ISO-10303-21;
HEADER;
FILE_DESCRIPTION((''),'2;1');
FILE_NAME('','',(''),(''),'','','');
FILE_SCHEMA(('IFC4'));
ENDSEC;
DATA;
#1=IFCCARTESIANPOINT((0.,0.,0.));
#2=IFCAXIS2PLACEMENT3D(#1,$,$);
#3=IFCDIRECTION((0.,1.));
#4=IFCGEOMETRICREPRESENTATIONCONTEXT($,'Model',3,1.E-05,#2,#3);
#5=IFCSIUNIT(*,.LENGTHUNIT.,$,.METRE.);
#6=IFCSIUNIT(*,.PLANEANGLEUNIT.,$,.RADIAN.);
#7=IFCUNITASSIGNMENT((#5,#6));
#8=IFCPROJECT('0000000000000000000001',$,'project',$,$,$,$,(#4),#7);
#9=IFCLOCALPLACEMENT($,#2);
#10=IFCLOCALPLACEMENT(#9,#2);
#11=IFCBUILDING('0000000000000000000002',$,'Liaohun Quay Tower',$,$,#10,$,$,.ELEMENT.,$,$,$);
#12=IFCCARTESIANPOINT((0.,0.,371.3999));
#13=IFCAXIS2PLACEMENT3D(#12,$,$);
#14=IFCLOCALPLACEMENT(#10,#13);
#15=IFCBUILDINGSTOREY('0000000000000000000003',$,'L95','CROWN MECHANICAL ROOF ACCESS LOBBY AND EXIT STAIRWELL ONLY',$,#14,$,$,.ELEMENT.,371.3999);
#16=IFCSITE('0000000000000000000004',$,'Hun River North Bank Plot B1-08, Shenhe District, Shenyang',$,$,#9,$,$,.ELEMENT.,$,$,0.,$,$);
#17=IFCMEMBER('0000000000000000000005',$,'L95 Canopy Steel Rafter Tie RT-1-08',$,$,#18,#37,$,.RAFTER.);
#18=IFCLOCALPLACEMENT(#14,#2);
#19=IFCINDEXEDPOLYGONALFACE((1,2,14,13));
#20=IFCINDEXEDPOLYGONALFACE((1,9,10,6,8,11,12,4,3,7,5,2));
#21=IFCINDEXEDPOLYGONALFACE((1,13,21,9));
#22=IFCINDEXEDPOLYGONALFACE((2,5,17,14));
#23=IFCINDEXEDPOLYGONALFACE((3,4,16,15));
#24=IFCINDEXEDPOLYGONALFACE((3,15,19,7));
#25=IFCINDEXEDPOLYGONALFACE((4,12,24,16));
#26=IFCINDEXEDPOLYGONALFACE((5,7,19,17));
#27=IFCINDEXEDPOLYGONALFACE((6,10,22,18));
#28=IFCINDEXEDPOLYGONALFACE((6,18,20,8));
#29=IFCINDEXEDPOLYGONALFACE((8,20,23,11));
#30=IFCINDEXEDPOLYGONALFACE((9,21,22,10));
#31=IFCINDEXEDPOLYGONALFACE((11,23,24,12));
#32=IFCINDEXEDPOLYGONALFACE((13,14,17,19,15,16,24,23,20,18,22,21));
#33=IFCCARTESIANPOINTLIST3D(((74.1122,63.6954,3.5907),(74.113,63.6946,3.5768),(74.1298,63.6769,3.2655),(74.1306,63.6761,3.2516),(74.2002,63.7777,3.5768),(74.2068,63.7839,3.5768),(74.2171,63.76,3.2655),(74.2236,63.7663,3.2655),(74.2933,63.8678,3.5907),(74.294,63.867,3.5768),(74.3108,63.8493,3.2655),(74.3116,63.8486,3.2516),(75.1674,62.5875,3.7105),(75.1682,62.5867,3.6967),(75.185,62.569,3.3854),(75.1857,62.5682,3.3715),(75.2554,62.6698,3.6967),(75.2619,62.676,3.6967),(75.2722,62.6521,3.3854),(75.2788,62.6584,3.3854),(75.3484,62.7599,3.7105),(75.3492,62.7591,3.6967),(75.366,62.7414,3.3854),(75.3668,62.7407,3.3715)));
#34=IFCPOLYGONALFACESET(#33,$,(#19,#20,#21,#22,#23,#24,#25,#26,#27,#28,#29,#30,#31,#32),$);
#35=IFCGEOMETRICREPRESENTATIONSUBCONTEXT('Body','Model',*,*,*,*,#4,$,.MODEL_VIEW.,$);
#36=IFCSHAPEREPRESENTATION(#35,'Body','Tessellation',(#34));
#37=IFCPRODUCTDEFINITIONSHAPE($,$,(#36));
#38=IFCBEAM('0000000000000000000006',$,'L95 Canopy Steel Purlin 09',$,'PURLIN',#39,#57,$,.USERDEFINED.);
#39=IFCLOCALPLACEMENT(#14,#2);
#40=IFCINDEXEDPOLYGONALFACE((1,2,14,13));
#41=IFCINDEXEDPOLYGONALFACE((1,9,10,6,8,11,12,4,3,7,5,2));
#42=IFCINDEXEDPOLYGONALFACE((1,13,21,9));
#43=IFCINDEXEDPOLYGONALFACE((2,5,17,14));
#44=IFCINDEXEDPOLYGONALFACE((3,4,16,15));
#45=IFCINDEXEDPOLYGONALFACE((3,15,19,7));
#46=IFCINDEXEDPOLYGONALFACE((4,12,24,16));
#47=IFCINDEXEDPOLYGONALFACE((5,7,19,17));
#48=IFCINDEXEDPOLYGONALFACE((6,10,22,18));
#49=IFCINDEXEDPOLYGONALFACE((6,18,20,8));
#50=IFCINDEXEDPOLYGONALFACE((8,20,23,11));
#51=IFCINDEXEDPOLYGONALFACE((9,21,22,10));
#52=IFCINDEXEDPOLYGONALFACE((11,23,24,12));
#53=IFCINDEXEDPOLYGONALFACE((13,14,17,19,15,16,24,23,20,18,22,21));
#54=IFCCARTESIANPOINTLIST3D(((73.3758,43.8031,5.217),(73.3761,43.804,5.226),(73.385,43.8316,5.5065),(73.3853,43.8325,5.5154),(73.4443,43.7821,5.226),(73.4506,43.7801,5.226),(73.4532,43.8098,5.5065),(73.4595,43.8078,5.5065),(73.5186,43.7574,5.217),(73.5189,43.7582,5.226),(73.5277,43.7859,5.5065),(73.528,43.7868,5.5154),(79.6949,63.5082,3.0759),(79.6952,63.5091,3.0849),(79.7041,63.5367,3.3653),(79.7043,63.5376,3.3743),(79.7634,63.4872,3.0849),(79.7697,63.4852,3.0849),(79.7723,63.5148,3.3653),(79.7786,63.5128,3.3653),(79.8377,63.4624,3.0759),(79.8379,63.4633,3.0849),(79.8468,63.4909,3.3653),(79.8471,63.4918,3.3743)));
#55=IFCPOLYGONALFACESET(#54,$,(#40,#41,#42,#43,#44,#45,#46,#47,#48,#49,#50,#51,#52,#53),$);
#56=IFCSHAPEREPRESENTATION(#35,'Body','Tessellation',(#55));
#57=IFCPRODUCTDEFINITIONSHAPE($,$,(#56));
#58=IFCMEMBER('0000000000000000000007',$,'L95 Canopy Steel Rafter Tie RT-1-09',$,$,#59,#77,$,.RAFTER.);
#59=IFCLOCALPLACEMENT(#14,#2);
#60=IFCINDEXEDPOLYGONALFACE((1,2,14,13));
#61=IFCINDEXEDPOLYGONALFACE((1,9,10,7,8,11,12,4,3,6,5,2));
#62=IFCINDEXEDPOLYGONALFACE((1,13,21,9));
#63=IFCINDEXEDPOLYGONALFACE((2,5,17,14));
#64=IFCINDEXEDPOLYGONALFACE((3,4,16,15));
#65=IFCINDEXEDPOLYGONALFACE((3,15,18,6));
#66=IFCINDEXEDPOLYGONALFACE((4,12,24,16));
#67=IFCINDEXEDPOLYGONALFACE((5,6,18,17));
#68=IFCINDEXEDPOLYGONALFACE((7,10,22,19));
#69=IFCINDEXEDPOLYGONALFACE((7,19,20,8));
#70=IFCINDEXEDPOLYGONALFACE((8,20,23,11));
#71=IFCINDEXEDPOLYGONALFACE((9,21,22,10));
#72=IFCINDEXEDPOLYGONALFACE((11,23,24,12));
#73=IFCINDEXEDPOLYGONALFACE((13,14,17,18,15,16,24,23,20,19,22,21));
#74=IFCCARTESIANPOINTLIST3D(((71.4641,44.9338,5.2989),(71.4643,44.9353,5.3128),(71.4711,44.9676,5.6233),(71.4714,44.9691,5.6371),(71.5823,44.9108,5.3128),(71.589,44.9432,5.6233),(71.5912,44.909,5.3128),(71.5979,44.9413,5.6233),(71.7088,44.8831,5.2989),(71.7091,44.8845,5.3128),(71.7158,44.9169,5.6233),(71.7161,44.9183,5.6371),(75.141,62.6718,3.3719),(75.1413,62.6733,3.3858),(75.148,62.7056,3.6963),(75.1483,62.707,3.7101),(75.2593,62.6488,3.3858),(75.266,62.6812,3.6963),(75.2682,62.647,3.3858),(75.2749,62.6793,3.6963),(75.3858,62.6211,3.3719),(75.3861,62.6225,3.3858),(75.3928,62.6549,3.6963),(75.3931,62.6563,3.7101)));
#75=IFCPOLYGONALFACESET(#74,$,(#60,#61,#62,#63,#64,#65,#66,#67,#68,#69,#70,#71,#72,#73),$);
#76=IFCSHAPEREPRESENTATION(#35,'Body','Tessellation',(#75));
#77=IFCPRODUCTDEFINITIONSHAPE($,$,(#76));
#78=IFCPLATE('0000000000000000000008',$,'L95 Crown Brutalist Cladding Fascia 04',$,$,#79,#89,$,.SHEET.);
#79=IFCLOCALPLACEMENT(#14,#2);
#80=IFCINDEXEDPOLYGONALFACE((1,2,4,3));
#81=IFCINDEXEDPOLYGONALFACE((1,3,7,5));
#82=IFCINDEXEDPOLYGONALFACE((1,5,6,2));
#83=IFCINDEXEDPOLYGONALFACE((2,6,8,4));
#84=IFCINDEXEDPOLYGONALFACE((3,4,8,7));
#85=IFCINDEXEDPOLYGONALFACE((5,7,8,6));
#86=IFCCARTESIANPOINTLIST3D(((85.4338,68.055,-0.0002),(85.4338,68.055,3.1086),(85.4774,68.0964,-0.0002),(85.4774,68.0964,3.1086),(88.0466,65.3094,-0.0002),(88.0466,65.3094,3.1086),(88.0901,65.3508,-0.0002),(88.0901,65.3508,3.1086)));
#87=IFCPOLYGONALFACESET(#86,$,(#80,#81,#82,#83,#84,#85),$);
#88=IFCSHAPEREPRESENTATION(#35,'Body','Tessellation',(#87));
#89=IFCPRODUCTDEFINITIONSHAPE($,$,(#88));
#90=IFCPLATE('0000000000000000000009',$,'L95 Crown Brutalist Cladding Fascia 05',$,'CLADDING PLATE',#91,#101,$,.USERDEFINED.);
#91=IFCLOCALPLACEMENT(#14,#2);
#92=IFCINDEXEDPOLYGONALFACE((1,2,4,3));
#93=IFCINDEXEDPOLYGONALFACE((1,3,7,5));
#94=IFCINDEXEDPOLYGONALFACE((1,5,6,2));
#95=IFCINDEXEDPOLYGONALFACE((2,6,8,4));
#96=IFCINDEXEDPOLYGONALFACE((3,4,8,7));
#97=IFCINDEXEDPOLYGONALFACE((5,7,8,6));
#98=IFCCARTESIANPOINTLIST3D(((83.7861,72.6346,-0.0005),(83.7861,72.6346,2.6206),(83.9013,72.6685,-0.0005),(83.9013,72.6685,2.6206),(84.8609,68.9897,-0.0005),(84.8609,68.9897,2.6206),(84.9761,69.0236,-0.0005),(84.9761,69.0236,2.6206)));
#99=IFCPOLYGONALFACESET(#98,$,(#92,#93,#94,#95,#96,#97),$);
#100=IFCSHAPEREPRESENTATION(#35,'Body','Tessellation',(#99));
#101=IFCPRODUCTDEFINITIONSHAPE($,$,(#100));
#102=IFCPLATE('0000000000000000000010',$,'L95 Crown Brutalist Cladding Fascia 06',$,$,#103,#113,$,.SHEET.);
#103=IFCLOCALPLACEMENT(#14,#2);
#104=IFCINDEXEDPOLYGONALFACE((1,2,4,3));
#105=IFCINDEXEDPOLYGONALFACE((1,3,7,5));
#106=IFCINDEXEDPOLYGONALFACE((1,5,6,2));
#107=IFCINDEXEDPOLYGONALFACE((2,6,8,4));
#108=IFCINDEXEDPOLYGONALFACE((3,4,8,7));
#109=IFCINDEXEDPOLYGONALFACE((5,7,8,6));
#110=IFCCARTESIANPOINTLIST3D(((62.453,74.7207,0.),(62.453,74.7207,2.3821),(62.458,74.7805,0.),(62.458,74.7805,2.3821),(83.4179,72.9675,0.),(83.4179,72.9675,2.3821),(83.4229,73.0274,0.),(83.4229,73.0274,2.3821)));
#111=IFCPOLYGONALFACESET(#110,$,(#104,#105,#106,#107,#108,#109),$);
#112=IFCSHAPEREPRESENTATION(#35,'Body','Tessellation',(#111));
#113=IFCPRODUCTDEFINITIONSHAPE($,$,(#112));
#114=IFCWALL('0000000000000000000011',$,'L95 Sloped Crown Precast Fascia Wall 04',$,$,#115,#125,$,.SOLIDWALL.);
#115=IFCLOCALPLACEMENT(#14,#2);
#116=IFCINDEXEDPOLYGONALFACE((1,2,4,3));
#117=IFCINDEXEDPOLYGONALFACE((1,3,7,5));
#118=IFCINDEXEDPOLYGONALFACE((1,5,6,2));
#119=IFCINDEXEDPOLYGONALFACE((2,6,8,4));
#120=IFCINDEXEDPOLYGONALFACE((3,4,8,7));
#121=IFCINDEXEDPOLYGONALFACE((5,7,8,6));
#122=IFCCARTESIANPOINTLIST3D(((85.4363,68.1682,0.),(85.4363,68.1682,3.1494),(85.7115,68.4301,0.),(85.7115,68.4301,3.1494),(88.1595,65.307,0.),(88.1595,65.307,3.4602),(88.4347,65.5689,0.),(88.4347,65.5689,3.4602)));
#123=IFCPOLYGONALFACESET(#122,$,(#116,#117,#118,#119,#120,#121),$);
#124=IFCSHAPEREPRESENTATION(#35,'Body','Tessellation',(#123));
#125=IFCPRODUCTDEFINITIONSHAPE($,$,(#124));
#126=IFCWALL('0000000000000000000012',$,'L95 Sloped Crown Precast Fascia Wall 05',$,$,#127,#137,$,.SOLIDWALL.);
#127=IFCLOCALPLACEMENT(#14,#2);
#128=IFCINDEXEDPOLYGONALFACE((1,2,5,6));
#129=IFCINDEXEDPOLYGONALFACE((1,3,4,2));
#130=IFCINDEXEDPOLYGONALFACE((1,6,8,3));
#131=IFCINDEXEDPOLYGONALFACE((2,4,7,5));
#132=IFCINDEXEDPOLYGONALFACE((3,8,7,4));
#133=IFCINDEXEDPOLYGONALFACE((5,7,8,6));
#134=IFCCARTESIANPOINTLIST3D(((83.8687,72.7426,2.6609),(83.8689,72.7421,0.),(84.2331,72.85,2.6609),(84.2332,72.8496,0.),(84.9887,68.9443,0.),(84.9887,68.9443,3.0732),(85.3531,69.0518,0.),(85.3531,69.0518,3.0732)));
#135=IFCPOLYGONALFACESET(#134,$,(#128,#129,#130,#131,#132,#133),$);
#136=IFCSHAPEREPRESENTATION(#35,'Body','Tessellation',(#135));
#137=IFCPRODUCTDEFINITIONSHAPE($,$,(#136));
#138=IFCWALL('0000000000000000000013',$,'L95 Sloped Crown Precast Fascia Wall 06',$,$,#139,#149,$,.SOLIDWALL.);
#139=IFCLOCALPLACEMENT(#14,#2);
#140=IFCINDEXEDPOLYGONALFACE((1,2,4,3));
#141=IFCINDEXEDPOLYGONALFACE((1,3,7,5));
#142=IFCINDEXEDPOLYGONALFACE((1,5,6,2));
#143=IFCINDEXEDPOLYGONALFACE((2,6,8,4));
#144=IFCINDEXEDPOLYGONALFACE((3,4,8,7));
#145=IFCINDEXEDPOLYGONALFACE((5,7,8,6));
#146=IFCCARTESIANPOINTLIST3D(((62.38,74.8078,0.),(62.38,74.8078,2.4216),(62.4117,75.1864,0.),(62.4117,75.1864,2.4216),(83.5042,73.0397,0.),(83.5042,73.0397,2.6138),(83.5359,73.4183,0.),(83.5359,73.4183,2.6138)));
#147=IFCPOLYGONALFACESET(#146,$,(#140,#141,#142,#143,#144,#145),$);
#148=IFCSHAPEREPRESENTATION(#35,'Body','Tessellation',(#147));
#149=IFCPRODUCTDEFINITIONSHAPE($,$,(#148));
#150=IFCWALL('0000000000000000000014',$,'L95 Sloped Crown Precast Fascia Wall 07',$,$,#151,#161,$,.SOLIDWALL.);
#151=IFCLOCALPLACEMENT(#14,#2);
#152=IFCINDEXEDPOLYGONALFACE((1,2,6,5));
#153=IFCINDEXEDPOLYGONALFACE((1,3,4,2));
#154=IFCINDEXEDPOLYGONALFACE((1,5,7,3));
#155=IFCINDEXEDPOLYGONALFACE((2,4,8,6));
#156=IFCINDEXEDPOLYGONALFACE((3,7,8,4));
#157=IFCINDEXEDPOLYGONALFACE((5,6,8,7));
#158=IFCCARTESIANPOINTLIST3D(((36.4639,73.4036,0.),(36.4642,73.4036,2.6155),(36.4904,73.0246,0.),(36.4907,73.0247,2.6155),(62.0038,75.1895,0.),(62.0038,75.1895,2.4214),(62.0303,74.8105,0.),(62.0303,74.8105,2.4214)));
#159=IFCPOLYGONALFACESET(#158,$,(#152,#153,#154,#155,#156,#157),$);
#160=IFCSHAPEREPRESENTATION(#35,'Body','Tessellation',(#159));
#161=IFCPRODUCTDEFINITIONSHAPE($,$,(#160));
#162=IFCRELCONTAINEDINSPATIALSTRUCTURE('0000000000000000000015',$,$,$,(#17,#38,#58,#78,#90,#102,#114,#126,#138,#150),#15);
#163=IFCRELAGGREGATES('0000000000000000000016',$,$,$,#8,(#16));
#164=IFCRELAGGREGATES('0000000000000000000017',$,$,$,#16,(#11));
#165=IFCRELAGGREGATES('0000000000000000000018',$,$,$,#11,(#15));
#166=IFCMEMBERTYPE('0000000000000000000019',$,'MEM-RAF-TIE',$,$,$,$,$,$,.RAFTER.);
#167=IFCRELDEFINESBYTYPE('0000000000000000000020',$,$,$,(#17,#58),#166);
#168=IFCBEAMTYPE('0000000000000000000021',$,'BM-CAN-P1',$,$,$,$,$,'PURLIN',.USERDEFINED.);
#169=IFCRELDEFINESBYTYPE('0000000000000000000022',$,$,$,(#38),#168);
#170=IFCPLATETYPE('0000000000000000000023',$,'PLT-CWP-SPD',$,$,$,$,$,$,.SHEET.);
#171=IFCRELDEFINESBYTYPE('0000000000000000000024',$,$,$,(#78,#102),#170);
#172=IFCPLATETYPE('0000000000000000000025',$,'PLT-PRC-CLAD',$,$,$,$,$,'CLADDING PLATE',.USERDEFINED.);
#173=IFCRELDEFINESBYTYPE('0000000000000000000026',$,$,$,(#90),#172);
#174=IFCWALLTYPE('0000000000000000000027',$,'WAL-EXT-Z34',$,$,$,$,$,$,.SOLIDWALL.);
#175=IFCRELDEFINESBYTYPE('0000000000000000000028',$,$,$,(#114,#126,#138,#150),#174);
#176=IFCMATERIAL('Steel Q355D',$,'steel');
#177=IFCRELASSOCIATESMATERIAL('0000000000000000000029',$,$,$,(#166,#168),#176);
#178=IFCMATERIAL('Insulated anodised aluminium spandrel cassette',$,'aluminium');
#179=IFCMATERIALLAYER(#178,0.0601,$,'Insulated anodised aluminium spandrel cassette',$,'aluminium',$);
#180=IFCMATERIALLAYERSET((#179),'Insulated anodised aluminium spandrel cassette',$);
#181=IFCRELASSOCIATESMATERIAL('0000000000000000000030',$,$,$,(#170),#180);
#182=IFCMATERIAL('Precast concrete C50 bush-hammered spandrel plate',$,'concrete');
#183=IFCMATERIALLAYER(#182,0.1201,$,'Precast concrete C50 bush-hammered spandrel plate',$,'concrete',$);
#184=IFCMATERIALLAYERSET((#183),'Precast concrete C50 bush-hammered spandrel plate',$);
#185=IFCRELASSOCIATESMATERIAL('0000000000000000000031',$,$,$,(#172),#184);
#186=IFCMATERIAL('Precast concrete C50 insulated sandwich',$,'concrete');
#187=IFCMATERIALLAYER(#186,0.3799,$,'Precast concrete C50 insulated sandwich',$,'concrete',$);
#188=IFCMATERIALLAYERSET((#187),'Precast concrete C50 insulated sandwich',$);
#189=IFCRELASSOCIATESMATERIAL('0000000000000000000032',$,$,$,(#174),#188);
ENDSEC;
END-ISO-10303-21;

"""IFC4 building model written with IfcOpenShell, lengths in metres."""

from ifc_helpers import new_model, si_unit, direction, frame, origin, origin_2d, place, context, subcontext, project, spatial, polyline, rectangle, i_section, outline, extrude, source, transform, mapped, material, layer, layer_set, material_profile, profile_set, type_object, element, save


model = new_model("IFC4")

# Units and contexts
model_context = context("Model", 3, precision=1e-05, world=origin(), true_north=direction((0.0, 1.0)))
body_context = subcontext(model_context, "Body", "Model", "MODEL_VIEW")
ifc_project = project(units=[si_unit("LENGTHUNIT", "METRE"), si_unit("PLANEANGLEUNIT", "RADIAN")], contexts=[model_context])

# Site, building, storey
site_placement = place(None, origin())
site = spatial("IfcSite", under=ifc_project, at=site_placement, Name="Hun River North Bank Plot B1-08, Shenhe District, Shenyang", CompositionType="ELEMENT", RefElevation=0.0)
building_placement = place(site_placement, origin())
building = spatial("IfcBuilding", under=site, at=building_placement, Name="Liaohun Quay Tower", CompositionType="ELEMENT")
storey_placement = place(building_placement, frame((0.0, 0.0, 371.3999)))
storey = spatial("IfcBuildingStorey", under=building, at=storey_placement, Name="L95", Description="CROWN MECHANICAL ROOF ACCESS LOBBY AND EXIT STAIRWELL ONLY", CompositionType="ELEMENT", Elevation=371.3999)

# Shared definitions
ifc_material_1 = material(Name="Steel Q355D", Category="steel")

# Shared definitions
ifc_material_profile_1 = material_profile(ifc_material_1, i_section(OverallWidth=0.25, OverallDepth=0.3401, WebThickness=0.009, FlangeThickness=0.0139, at=origin_2d()), Name="HM340x250x9x14")
ifc_profile_set_1 = profile_set([ifc_material_profile_1], Name="Steel Q355D")
member_type_1 = type_object("IfcMemberType", Name="MEM-RAF-TIE", PredefinedType="RAFTER", material=ifc_profile_set_1)

# Shared definitions
ifc_material_profile_2 = material_profile(ifc_material_1, i_section(OverallWidth=0.1499, OverallDepth=0.3, WebThickness=0.0066, FlangeThickness=0.009, at=origin_2d()), Name="HN300x150x6.5x9")
ifc_profile_set_2 = profile_set([ifc_material_profile_2], Name="Steel Q355D")
beam_type_1 = type_object("IfcBeamType", Name="BM-CAN-P1", ElementType="PURLIN", PredefinedType="USERDEFINED", material=ifc_profile_set_2)

# Member
shared_shape_1 = source(origin(), body_context, "Body", "SweptSolid", [
    extrude(i_section(OverallWidth=0.25, OverallDepth=0.3401, WebThickness=0.009, FlangeThickness=0.0139, at=origin_2d()), origin(), (0.0, 0.0, 1.0), 1.5347),
])
member_1_placement = place(storey_placement, frame((74.2119, 63.772, 3.4211), z_axis=(0.687556, -0.721918, 0.07811), x_axis=(0.72413, 0.689663, 0.0)))
element("IfcMember", 1, at=member_1_placement, inside=storey, type_object=member_type_1, Name="L95 Canopy Steel Rafter Tie RT-1-08", PredefinedType="RAFTER", context=body_context, shape_type="MappedRepresentation", body=[
    mapped(shared_shape_1, transform((0.0, 0.0, 0.0), x_axis=(1.0, 0.0, 0.0), y_axis=(0.0, 1.0, 0.0), z_axis=(0.0, 0.0, 1.0), scale=1.0)),
])

# Beam
shared_shape_2 = source(origin(), body_context, "Body", "SweptSolid", [
    extrude(i_section(OverallWidth=0.1499, OverallDepth=0.3, WebThickness=0.0066, FlangeThickness=0.009, at=origin_2d()), origin(), (0.0, 0.0, 1.0), 20.804),
])
beam_1_placement = place(storey_placement, frame((79.771, 63.5, 3.2251), z_axis=(-0.303744, -0.947178, 0.102918), x_axis=(0.952235, -0.305366, 0.0)))
element("IfcBeam", 2, at=beam_1_placement, inside=storey, type_object=beam_type_1, Name="L95 Canopy Steel Purlin 09", ObjectType="PURLIN", PredefinedType="USERDEFINED", context=body_context, shape_type="MappedRepresentation", body=[
    mapped(shared_shape_2, transform((0.0, 0.0, 0.0), x_axis=(1.0, 0.0, 0.0), y_axis=(0.0, 1.0, 0.0), z_axis=(0.0, 0.0, 1.0), scale=1.0)),
])

# Member
shared_shape_3 = source(origin(), body_context, "Body", "SweptSolid", [
    extrude(i_section(OverallWidth=0.25, OverallDepth=0.3401, WebThickness=0.009, FlangeThickness=0.0139, at=origin_2d()), origin(), (0.0, 0.0, 1.0), 18.2173),
])
member_2_placement = place(storey_placement, frame((75.2671, 62.6641, 3.541), z_axis=(-0.201841, -0.97369, 0.105778), x_axis=(0.979183, -0.202979, 0.0)))
element("IfcMember", 3, at=member_2_placement, inside=storey, type_object=member_type_1, Name="L95 Canopy Steel Rafter Tie RT-1-09", PredefinedType="RAFTER", context=body_context, shape_type="MappedRepresentation", body=[
    mapped(shared_shape_3, transform((0.0, 0.0, 0.0), x_axis=(1.0, 0.0, 0.0), y_axis=(0.0, 1.0, 0.0), z_axis=(0.0, 0.0, 1.0), scale=1.0)),
])

# Plates
ifc_material_2 = material(Name="Insulated anodised aluminium spandrel cassette", Category="aluminium")
ifc_layer_1 = layer(ifc_material_2, 0.0601, Name="Insulated anodised aluminium spandrel cassette", Category="aluminium")
ifc_layer_set_1 = layer_set([ifc_layer_1], Name="Insulated anodised aluminium spandrel cassette")
plate_type_1 = type_object("IfcPlateType", Name="PLT-CWP-SPD", PredefinedType="SHEET", material=ifc_layer_set_1)
shared_shape_4 = source(origin(), body_context, "Body", "SweptSolid", [
    extrude(rectangle(XDim=3.79, YDim=0.0601, at=origin_2d()), origin(), (0.0, 0.0, 1.0), 3.1089),
])
plate_1_placement = place(storey_placement, frame((86.762, 66.7029, -0.0002), z_axis=(0.0, 0.0, 1.0), x_axis=(-0.689367, 0.724413, 0.0)))
element("IfcPlate", 4, at=plate_1_placement, inside=storey, type_object=plate_type_1, Name="L95 Crown Brutalist Cladding Fascia 04", PredefinedType="SHEET", context=body_context, shape_type="MappedRepresentation", body=[
    mapped(shared_shape_4, transform((0.0, 0.0, 0.0), x_axis=(1.0, 0.0, 0.0), y_axis=(0.0, 1.0, 0.0), z_axis=(0.0, 0.0, 1.0), scale=1.0)),
])
ifc_material_3 = material(Name="Precast concrete C50 bush-hammered spandrel plate", Category="concrete")
ifc_layer_2 = layer(ifc_material_3, 0.1201, Name="Precast concrete C50 bush-hammered spandrel plate", Category="concrete")
ifc_layer_set_2 = layer_set([ifc_layer_2], Name="Precast concrete C50 bush-hammered spandrel plate")
plate_type_2 = type_object("IfcPlateType", Name="PLT-PRC-CLAD", ElementType="CLADDING PLATE", PredefinedType="USERDEFINED", material=ifc_layer_set_2)
shared_shape_5 = source(origin(), body_context, "Body", "SweptSolid", [
    extrude(rectangle(XDim=3.8, YDim=0.1201, at=origin_2d()), origin(), (0.0, 0.0, 1.0), 2.6211),
])
plate_2_placement = place(storey_placement, frame((84.3811, 70.8291, -0.0005), z_axis=(0.0, 0.0, 1.0), x_axis=(-0.282844, 0.959166, 0.0)))
element("IfcPlate", 5, at=plate_2_placement, inside=storey, type_object=plate_type_2, Name="L95 Crown Brutalist Cladding Fascia 05", ObjectType="CLADDING PLATE", PredefinedType="USERDEFINED", context=body_context, shape_type="MappedRepresentation", body=[
    mapped(shared_shape_5, transform((0.0, 0.0, 0.0), x_axis=(1.0, 0.0, 0.0), y_axis=(0.0, 1.0, 0.0), z_axis=(0.0, 0.0, 1.0), scale=1.0)),
])
shared_shape_6 = source(origin(), body_context, "Body", "SweptSolid", [
    extrude(rectangle(XDim=21.0381, YDim=0.0601, at=origin_2d()), origin(), (0.0, 0.0, 1.0), 2.3821),
])
plate_3_placement = place(storey_placement, frame((72.938, 73.874, 0.0), z_axis=(0.0, 0.0, 1.0), x_axis=(-0.996522, 0.08333, 0.0)))
element("IfcPlate", 6, at=plate_3_placement, inside=storey, type_object=plate_type_1, Name="L95 Crown Brutalist Cladding Fascia 06", PredefinedType="SHEET", context=body_context, shape_type="MappedRepresentation", body=[
    mapped(shared_shape_6, transform((0.0, 0.0, 0.0), x_axis=(1.0, 0.0, 0.0), y_axis=(0.0, 1.0, 0.0), z_axis=(0.0, 0.0, 1.0), scale=1.0)),
])

# Walls
ifc_material_4 = material(Name="Precast concrete C50 insulated sandwich", Category="concrete")
ifc_layer_3 = layer(ifc_material_4, 0.3799, Name="Precast concrete C50 insulated sandwich", Category="concrete")
ifc_layer_set_3 = layer_set([ifc_layer_3], Name="Precast concrete C50 insulated sandwich")
wall_type_1 = type_object("IfcWallType", Name="WAL-EXT-Z34", PredefinedType="SOLIDWALL", material=ifc_layer_set_3)
wall_1_placement = place(storey_placement, frame((88.2971, 65.438, 0.0), z_axis=(0.0, 0.0, 1.0), x_axis=(-0.68943, 0.724353, 0.0)))
element("IfcWall", 7, at=wall_1_placement, inside=storey, type_object=wall_type_1, Name="L95 Sloped Crown Precast Fascia Wall 04", PredefinedType="SOLIDWALL", context=body_context, shape_type="SweptSolid", body=[
    extrude(outline(polyline([(0.0, 0.0), (3.95, 0.0), (3.95, 3.1494), (0.0, 3.4602), (0.0, 0.0)])), frame((0.0, 0.1899, 0.0), z_axis=(0.0, -1.0, 0.0), x_axis=(1.0, 0.0, 0.0)), (0.0, 0.0, 1.0), 0.3799),
])
wall_2_placement = place(storey_placement, frame((85.1709, 68.998, 0.0), z_axis=(0.0, 0.0, 1.0), x_axis=(-0.282831, 0.95917, 0.0)))
element("IfcWall", 8, at=wall_2_placement, inside=storey, type_object=wall_type_1, Name="L95 Sloped Crown Precast Fascia Wall 05", PredefinedType="SOLIDWALL", context=body_context, shape_type="SweptSolid", body=[
    extrude(outline(polyline([(0.0, 0.0), (3.9595, 0.0), (3.96, 2.6609), (0.0, 3.0732), (0.0, 0.0)])), frame((0.0, 0.1899, 0.0), z_axis=(0.0, -1.0, 0.0), x_axis=(1.0, 0.0, 0.0)), (0.0, 0.0, 1.0), 0.3799),
])
wall_3_placement = place(storey_placement, frame((83.52, 73.229, 0.0), z_axis=(0.0, 0.0, 1.0), x_axis=(-0.996516, 0.083408, 0.0)))
element("IfcWall", 9, at=wall_3_placement, inside=storey, type_object=wall_type_1, Name="L95 Sloped Crown Precast Fascia Wall 06", PredefinedType="SOLIDWALL", context=body_context, shape_type="SweptSolid", body=[
    extrude(outline(polyline([(0.0, 0.0), (21.198, 0.0), (21.198, 2.4216), (0.0, 2.6138), (0.0, 0.0)])), frame((0.0, 0.1899, 0.0), z_axis=(0.0, -1.0, 0.0), x_axis=(1.0, 0.0, 0.0)), (0.0, 0.0, 1.0), 0.3799),
])
wall_4_placement = place(storey_placement, frame((62.0171, 75.0, 0.0), z_axis=(0.0, 0.0, 1.0), x_axis=(-0.997564, -0.069755, 0.0)))
element("IfcWall", 10, at=wall_4_placement, inside=storey, type_object=wall_type_1, Name="L95 Sloped Crown Precast Fascia Wall 07", PredefinedType="SOLIDWALL", context=body_context, shape_type="SweptSolid", body=[
    extrude(outline(polyline([(0.0, 0.0), (25.6023, 0.0), (25.6021, 2.6155), (0.0, 2.4214), (0.0, 0.0)])), frame((0.0, 0.1899, 0.0), z_axis=(0.0, -1.0, 0.0), x_axis=(1.0, 0.0, 0.0)), (0.0, 0.0, 1.0), 0.3799),
])

save(model, "model.ifc")
